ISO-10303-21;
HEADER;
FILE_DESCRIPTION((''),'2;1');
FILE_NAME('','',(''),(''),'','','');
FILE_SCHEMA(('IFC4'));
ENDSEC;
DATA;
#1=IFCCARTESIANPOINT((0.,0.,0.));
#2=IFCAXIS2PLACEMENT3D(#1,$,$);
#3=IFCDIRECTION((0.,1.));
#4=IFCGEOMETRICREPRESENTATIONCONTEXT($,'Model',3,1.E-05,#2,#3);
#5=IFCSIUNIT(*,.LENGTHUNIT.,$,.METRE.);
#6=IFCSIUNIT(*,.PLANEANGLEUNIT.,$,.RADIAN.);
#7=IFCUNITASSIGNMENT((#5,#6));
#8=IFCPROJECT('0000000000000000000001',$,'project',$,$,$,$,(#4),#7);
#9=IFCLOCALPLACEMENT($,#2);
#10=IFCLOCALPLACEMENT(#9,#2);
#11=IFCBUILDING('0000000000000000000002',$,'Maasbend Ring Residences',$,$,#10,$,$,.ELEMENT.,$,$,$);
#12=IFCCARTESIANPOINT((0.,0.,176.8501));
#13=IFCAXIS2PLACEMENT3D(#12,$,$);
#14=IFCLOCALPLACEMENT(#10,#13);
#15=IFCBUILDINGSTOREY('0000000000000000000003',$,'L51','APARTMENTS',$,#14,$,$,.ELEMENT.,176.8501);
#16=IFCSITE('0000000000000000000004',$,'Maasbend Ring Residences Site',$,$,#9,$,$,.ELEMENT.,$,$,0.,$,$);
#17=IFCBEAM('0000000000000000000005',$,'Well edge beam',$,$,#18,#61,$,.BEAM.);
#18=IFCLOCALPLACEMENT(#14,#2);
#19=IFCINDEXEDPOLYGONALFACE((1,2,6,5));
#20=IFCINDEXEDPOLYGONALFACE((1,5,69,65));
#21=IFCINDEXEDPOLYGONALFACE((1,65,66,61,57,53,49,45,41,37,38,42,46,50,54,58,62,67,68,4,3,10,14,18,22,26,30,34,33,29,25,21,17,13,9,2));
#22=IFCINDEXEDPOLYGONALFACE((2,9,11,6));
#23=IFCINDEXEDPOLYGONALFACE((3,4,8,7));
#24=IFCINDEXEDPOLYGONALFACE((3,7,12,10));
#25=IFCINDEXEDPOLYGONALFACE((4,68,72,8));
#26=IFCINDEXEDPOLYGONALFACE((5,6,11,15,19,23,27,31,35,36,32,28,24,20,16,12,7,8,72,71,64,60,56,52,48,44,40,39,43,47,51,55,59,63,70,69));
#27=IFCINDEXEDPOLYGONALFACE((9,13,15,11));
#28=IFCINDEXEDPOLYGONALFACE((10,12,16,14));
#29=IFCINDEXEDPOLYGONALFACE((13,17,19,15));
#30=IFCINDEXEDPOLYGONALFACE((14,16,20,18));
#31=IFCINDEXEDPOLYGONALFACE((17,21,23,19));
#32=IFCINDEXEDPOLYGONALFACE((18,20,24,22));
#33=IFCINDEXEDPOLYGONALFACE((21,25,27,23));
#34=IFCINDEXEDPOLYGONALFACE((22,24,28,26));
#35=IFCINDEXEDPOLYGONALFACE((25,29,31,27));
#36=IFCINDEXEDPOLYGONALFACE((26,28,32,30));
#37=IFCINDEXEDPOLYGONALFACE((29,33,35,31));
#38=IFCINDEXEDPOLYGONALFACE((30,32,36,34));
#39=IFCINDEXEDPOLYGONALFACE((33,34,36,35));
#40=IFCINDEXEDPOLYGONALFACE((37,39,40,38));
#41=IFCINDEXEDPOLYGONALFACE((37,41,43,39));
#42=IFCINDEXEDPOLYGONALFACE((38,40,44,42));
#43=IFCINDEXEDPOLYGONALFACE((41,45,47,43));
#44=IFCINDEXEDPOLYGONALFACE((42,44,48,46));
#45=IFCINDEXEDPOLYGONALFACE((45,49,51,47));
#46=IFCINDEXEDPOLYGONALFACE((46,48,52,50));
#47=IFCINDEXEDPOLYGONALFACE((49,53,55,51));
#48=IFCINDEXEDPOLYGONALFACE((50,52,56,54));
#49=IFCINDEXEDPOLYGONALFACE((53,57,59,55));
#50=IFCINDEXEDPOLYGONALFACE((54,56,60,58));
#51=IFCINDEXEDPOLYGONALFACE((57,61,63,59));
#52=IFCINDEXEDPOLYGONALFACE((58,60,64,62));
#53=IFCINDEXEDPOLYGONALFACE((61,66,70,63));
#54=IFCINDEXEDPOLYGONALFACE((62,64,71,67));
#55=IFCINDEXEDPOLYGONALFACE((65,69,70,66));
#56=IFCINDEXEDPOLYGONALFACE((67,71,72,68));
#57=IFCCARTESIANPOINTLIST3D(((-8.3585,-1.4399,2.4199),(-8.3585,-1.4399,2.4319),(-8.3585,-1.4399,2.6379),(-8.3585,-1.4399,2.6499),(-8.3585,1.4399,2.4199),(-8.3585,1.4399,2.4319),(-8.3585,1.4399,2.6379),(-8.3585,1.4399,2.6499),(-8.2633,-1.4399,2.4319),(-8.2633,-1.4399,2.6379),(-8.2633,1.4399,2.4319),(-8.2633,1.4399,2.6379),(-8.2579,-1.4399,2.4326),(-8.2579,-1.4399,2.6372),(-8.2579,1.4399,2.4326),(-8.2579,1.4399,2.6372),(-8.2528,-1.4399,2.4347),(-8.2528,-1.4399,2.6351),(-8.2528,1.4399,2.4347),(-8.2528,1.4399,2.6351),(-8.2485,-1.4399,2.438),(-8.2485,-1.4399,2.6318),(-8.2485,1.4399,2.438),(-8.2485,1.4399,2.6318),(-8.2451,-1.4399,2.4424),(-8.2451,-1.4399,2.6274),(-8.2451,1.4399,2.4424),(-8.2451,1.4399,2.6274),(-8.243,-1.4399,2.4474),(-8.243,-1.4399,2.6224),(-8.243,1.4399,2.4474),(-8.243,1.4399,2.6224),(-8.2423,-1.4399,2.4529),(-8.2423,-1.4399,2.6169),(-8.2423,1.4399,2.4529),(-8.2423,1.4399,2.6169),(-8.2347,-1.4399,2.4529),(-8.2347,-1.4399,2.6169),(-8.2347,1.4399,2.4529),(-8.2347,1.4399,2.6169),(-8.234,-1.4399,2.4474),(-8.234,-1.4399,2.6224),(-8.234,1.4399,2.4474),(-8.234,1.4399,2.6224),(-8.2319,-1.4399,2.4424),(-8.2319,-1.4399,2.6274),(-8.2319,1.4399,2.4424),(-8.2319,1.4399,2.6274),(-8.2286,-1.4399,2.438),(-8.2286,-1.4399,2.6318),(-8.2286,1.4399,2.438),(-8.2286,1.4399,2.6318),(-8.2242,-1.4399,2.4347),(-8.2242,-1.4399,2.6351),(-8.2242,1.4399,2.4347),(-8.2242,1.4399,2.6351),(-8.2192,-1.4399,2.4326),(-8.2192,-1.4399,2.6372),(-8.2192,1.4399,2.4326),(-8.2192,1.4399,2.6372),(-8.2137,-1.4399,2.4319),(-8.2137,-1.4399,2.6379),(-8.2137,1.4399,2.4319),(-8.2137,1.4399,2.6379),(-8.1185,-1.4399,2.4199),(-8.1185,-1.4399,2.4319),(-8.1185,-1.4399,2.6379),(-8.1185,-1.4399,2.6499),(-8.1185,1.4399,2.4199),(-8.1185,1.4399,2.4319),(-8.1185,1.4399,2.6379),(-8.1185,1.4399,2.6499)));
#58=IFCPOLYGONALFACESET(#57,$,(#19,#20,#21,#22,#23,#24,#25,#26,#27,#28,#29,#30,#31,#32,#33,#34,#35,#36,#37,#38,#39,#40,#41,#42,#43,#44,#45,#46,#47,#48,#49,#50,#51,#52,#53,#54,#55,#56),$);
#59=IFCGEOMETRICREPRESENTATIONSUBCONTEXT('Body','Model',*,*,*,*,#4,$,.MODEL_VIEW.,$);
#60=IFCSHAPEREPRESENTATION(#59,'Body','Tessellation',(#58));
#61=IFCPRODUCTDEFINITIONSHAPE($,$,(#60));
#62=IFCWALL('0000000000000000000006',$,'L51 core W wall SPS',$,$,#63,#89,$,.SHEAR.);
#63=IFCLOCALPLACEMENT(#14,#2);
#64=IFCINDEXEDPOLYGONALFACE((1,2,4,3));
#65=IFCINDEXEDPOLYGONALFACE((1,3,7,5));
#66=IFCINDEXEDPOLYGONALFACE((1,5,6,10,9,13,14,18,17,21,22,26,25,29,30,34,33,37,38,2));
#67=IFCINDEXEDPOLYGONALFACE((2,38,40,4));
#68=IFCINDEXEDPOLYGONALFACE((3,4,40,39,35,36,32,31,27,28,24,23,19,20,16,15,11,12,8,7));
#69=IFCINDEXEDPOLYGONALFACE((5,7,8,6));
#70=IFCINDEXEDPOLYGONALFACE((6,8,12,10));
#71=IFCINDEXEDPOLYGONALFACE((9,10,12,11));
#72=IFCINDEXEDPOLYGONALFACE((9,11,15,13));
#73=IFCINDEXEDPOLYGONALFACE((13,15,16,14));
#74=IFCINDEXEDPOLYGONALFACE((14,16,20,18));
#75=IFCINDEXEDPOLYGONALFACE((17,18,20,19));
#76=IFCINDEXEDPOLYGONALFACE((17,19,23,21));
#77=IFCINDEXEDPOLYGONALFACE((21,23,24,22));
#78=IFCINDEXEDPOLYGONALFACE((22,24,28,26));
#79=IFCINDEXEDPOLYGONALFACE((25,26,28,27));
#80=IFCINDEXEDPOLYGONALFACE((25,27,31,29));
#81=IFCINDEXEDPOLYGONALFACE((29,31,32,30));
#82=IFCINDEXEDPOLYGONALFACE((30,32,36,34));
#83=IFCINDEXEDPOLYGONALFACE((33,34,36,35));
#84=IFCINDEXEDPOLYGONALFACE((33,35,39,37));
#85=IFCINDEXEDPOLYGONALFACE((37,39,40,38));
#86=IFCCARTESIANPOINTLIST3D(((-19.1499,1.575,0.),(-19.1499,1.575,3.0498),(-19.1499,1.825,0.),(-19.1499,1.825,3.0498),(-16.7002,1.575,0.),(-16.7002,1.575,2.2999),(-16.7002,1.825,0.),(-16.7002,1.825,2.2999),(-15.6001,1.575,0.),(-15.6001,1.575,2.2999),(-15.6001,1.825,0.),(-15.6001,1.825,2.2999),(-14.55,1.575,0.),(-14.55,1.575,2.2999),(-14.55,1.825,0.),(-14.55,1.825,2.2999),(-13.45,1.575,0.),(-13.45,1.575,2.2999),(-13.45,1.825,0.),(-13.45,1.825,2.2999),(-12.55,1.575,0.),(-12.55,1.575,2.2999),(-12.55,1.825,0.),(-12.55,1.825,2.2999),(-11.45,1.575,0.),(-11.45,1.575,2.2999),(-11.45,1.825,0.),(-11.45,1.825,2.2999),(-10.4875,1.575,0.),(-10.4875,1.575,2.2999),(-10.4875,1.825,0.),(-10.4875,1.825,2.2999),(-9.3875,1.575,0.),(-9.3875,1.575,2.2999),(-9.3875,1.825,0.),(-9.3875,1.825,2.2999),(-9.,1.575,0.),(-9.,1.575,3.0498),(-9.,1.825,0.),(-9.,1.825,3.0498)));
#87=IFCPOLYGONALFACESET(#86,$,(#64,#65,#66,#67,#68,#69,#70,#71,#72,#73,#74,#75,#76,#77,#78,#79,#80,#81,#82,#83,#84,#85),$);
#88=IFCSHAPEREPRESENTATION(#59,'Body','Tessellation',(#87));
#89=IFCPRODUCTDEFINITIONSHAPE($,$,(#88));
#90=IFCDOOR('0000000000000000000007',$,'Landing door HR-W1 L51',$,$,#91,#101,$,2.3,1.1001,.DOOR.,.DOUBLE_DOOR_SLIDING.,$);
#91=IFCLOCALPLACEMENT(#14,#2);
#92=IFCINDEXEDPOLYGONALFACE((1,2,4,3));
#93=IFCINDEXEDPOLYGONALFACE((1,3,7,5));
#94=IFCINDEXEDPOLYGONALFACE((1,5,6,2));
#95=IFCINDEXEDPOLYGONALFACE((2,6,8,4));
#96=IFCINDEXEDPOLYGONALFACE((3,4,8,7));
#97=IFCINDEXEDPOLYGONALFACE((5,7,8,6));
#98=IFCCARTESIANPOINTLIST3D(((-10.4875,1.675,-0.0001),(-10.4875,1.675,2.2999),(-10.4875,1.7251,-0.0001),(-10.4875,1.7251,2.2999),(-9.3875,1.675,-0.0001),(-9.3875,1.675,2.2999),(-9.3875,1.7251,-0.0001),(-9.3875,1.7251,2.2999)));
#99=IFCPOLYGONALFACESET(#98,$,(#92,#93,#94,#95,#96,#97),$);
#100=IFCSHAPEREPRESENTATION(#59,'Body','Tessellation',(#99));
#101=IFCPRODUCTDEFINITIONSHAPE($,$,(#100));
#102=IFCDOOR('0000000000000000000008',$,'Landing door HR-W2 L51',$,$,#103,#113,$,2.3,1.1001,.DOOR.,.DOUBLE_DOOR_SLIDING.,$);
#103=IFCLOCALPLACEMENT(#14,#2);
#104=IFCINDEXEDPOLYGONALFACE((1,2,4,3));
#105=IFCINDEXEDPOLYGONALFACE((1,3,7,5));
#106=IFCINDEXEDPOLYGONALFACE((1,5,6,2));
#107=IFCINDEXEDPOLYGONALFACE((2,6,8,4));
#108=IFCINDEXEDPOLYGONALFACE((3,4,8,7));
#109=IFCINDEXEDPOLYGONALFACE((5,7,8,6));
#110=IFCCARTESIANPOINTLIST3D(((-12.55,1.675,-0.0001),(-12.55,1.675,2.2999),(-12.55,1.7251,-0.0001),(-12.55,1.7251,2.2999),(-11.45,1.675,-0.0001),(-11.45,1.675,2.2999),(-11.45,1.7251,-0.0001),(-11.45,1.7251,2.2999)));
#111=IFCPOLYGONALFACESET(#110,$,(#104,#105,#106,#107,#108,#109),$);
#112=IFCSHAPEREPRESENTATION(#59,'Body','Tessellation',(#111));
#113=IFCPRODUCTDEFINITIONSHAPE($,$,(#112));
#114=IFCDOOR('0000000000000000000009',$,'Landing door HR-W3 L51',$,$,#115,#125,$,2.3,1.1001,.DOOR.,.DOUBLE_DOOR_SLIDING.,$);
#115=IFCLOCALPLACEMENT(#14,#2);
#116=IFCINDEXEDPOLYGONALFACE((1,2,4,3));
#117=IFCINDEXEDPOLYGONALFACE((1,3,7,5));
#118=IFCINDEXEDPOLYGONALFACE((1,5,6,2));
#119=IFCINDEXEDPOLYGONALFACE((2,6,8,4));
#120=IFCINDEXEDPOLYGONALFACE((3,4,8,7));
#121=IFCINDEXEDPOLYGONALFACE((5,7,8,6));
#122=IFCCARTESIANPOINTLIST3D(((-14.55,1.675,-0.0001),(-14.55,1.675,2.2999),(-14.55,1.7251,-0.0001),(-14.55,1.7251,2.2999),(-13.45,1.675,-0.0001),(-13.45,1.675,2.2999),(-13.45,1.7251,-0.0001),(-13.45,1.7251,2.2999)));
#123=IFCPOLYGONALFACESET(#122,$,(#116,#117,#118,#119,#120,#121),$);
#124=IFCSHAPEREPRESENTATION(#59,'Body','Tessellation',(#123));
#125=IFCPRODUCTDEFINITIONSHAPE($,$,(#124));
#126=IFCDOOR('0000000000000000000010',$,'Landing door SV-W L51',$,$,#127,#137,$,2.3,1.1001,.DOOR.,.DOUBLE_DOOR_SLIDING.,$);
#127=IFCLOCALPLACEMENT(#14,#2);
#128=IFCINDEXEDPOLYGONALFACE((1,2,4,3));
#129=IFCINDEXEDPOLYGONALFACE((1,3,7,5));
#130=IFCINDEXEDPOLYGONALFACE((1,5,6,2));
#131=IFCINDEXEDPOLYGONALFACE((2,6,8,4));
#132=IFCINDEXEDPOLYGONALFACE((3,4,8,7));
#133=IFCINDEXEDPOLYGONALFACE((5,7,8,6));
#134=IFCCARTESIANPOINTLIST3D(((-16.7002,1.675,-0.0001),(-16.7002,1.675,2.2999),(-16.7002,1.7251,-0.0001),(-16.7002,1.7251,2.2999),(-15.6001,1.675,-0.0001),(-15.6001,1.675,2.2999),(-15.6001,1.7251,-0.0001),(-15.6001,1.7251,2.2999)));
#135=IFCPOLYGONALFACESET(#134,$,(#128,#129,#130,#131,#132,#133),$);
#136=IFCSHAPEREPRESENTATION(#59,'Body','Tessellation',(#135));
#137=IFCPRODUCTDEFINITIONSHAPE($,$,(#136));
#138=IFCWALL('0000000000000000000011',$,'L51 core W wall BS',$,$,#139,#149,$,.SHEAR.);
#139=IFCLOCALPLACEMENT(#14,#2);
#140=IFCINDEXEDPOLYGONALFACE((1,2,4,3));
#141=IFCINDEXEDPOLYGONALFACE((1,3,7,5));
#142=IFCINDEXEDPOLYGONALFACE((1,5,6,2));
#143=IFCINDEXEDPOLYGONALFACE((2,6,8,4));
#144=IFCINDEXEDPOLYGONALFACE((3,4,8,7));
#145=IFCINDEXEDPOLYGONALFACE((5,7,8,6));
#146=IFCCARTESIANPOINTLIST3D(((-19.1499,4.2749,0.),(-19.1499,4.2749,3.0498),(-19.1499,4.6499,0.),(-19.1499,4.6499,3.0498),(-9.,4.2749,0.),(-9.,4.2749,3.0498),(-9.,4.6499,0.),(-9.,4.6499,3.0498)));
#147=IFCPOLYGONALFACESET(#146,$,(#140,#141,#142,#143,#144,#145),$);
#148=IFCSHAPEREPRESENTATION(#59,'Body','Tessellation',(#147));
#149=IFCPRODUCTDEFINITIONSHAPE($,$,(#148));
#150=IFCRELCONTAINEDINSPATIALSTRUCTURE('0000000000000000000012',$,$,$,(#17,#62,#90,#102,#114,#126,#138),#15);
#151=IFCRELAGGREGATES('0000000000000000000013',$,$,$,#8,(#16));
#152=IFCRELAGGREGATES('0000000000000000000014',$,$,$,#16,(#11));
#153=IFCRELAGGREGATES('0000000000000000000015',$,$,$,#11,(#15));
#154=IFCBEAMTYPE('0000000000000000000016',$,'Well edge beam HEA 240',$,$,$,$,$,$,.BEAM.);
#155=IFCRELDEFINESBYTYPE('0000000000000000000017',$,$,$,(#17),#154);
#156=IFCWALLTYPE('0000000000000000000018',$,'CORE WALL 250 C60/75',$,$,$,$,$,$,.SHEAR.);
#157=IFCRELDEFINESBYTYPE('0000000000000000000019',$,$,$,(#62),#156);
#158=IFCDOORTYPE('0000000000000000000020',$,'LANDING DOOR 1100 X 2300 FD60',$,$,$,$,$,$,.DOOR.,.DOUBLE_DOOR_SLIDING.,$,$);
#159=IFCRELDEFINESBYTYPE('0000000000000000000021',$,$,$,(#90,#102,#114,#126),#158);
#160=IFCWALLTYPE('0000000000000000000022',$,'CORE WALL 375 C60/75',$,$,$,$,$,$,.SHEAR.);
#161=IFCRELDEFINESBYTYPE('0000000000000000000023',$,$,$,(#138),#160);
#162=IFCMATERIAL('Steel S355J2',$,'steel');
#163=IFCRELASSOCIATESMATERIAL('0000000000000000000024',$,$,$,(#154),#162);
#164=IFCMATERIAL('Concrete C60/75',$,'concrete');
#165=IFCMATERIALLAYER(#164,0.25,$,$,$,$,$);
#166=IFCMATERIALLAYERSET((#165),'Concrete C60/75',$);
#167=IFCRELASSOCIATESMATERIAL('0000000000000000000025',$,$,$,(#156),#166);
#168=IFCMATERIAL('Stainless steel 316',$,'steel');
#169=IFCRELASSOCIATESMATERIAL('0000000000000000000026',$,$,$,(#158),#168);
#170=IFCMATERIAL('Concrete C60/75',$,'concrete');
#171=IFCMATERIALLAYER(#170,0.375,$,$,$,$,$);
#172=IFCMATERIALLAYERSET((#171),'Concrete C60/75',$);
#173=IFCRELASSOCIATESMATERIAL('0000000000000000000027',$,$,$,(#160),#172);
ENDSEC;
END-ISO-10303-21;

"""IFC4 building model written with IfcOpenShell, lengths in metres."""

from ifc_helpers import new_model, si_unit, direction, frame, frame_2d, origin, origin_2d, place, context, subcontext, project, spatial, rectangle, i_section, extrude, material, layer, layer_set, material_profile, profile_set, type_object, element, fill, save


model = new_model("IFC4")

# Units and contexts
model_context = context("Model", 3, precision=1e-05, world=origin(), true_north=direction((0.0, 1.0)))
body_context = subcontext(model_context, "Body", "Model", "MODEL_VIEW")
ifc_project = project(units=[si_unit("LENGTHUNIT", "METRE"), si_unit("PLANEANGLEUNIT", "RADIAN")], contexts=[model_context])

# Site, building, storey
site_placement = place(None, origin())
site = spatial("IfcSite", under=ifc_project, at=site_placement, Name="Maasbend Ring Residences Site", CompositionType="ELEMENT", RefElevation=0.0)
building_placement = place(site_placement, origin())
building = spatial("IfcBuilding", under=site, at=building_placement, Name="Maasbend Ring Residences", CompositionType="ELEMENT")
storey_placement = place(building_placement, frame((0.0, 0.0, 176.8501)))
storey = spatial("IfcBuildingStorey", under=building, at=storey_placement, Name="L51", Description="APARTMENTS", CompositionType="ELEMENT", Elevation=176.8501)

# Beam
ifc_material_1 = material(Name="Steel S355J2", Category="steel")
ifc_material_profile = material_profile(ifc_material_1, i_section(OverallWidth=0.24, OverallDepth=0.23, WebThickness=0.0076, FlangeThickness=0.012, FilletRadius=0.021, at=origin_2d()), Name="HEA 240")
ifc_profile_set = profile_set([ifc_material_profile], Name="Steel S355J2")
beam_type = type_object("IfcBeamType", Name="Well edge beam HEA 240", PredefinedType="BEAM", material=ifc_profile_set)
beam_placement = place(storey_placement, frame((-8.2385, 1.4399, 2.5349), z_axis=(0.0, -1.0, 0.0), x_axis=(1.0, 0.0, 0.0)))
element("IfcBeam", 1, at=beam_placement, inside=storey, type_object=beam_type, Name="Well edge beam", PredefinedType="BEAM", context=body_context, shape_type="SweptSolid", body=[
    extrude(i_section(OverallWidth=0.24, OverallDepth=0.23, WebThickness=0.0076, FlangeThickness=0.012, FilletRadius=0.021, at=origin_2d()), origin(), (0.0, 0.0, 1.0), 2.8799),
])

# Wall, openings, doors
ifc_material_2 = material(Name="Concrete C60/75", Category="concrete")
ifc_layer_1 = layer(ifc_material_2, 0.25)
ifc_layer_set_1 = layer_set([ifc_layer_1], Name="Concrete C60/75")
wall_type_1 = type_object("IfcWallType", Name="CORE WALL 250 C60/75", PredefinedType="SHEAR", material=ifc_layer_set_1)
wall_1_placement = place(storey_placement, frame((-9.0, 1.7, 0.0), z_axis=(0.0, 0.0, 1.0), x_axis=(-1.0, 0.0, 0.0)))
wall_1 = element("IfcWall", 2, at=wall_1_placement, inside=storey, type_object=wall_type_1, Name="L51 core W wall SPS", PredefinedType="SHEAR", context=body_context, shape_type="SweptSolid", body=[
    extrude(rectangle(XDim=10.1499, YDim=0.25, at=frame_2d((5.075, 0.0))), origin(), (0.0, 0.0, 1.0), 3.0498),
])
opening_1_placement = place(wall_1_placement, frame((0.3875, 0.0, 0.0)))
opening_1 = element("IfcOpeningElement", 3, at=opening_1_placement, cuts=wall_1, PredefinedType="OPENING", context=body_context, shape_type="SweptSolid", body=[
    extrude(rectangle(XDim=1.1001, YDim=2.3, at=frame_2d((0.55, 1.1499))), frame((0.0, 0.135, 0.0), z_axis=(0.0, -1.0, 0.0), x_axis=(1.0, 0.0, 0.0)), (0.0, 0.0, 1.0), 0.27),
])
opening_2_placement = place(wall_1_placement, frame((2.45, 0.0, 0.0)))
opening_2 = element("IfcOpeningElement", 4, at=opening_2_placement, cuts=wall_1, PredefinedType="OPENING", context=body_context, shape_type="SweptSolid", body=[
    extrude(rectangle(XDim=1.1001, YDim=2.3, at=frame_2d((0.55, 1.1499))), frame((0.0, 0.135, 0.0), z_axis=(0.0, -1.0, 0.0), x_axis=(1.0, 0.0, 0.0)), (0.0, 0.0, 1.0), 0.27),
])
opening_3_placement = place(wall_1_placement, frame((4.45, 0.0, 0.0)))
opening_3 = element("IfcOpeningElement", 5, at=opening_3_placement, cuts=wall_1, PredefinedType="OPENING", context=body_context, shape_type="SweptSolid", body=[
    extrude(rectangle(XDim=1.1001, YDim=2.3, at=frame_2d((0.55, 1.1499))), frame((0.0, 0.135, 0.0), z_axis=(0.0, -1.0, 0.0), x_axis=(1.0, 0.0, 0.0)), (0.0, 0.0, 1.0), 0.27),
])
opening_4_placement = place(wall_1_placement, frame((6.6001, 0.0, 0.0)))
opening_4 = element("IfcOpeningElement", 6, at=opening_4_placement, cuts=wall_1, PredefinedType="OPENING", context=body_context, shape_type="SweptSolid", body=[
    extrude(rectangle(XDim=1.1001, YDim=2.3, at=frame_2d((0.55, 1.1499))), frame((0.0, 0.135, 0.0), z_axis=(0.0, -1.0, 0.0), x_axis=(1.0, 0.0, 0.0)), (0.0, 0.0, 1.0), 0.27),
])
ifc_material_3 = material(Name="Stainless steel 316", Category="steel")
door_type_1 = type_object("IfcDoorType", Name="LANDING DOOR 1100 X 2300 FD60", OperationType="DOUBLE_DOOR_SLIDING", PredefinedType="DOOR", material=ifc_material_3)
door_1_placement = place(opening_1_placement, origin())
door_1 = element("IfcDoor", 7, at=door_1_placement, inside=storey, type_object=door_type_1, Name="Landing door HR-W1 L51", OperationType="DOUBLE_DOOR_SLIDING", OverallHeight=2.3, OverallWidth=1.1001, PredefinedType="DOOR", context=body_context, shape_type="SweptSolid", body=[
    extrude(rectangle(XDim=1.1001, YDim=2.3, at=frame_2d((0.55, 1.1499))), frame((0.0, 0.0249, 0.0), z_axis=(0.0, -1.0, 0.0), x_axis=(1.0, 0.0, 0.0)), (0.0, 0.0, 1.0), 0.05),
])
fill(opening_1, door_1)
door_2_placement = place(opening_2_placement, origin())
door_2 = element("IfcDoor", 8, at=door_2_placement, inside=storey, type_object=door_type_1, Name="Landing door HR-W2 L51", OperationType="DOUBLE_DOOR_SLIDING", OverallHeight=2.3, OverallWidth=1.1001, PredefinedType="DOOR", context=body_context, shape_type="SweptSolid", body=[
    extrude(rectangle(XDim=1.1001, YDim=2.3, at=frame_2d((0.55, 1.1499))), frame((0.0, 0.0249, 0.0), z_axis=(0.0, -1.0, 0.0), x_axis=(1.0, 0.0, 0.0)), (0.0, 0.0, 1.0), 0.05),
])
fill(opening_2, door_2)
door_3_placement = place(opening_3_placement, origin())
door_3 = element("IfcDoor", 9, at=door_3_placement, inside=storey, type_object=door_type_1, Name="Landing door HR-W3 L51", OperationType="DOUBLE_DOOR_SLIDING", OverallHeight=2.3, OverallWidth=1.1001, PredefinedType="DOOR", context=body_context, shape_type="SweptSolid", body=[
    extrude(rectangle(XDim=1.1001, YDim=2.3, at=frame_2d((0.55, 1.1499))), frame((0.0, 0.0249, 0.0), z_axis=(0.0, -1.0, 0.0), x_axis=(1.0, 0.0, 0.0)), (0.0, 0.0, 1.0), 0.05),
])
fill(opening_3, door_3)
door_4_placement = place(opening_4_placement, origin())
door_4 = element("IfcDoor", 10, at=door_4_placement, inside=storey, type_object=door_type_1, Name="Landing door SV-W L51", OperationType="DOUBLE_DOOR_SLIDING", OverallHeight=2.3, OverallWidth=1.1001, PredefinedType="DOOR", context=body_context, shape_type="SweptSolid", body=[
    extrude(rectangle(XDim=1.1001, YDim=2.3, at=frame_2d((0.55, 1.1499))), frame((0.0, 0.0249, 0.0), z_axis=(0.0, -1.0, 0.0), x_axis=(1.0, 0.0, 0.0)), (0.0, 0.0, 1.0), 0.05),
])
fill(opening_4, door_4)

# Wall
ifc_material_4 = material(Name="Concrete C60/75", Category="concrete")
ifc_layer_2 = layer(ifc_material_4, 0.375)
ifc_layer_set_2 = layer_set([ifc_layer_2], Name="Concrete C60/75")
wall_type_2 = type_object("IfcWallType", Name="CORE WALL 375 C60/75", PredefinedType="SHEAR", material=ifc_layer_set_2)
wall_2_placement = place(storey_placement, frame((-9.0, 4.4624, 0.0), z_axis=(0.0, 0.0, 1.0), x_axis=(-1.0, 0.0, 0.0)))
element("IfcWall", 11, at=wall_2_placement, inside=storey, type_object=wall_type_2, Name="L51 core W wall BS", PredefinedType="SHEAR", context=body_context, shape_type="SweptSolid", body=[
    extrude(rectangle(XDim=10.1499, YDim=0.375, at=frame_2d((5.075, 0.0))), origin(), (0.0, 0.0, 1.0), 3.0498),
])

save(model, "model.ifc")
